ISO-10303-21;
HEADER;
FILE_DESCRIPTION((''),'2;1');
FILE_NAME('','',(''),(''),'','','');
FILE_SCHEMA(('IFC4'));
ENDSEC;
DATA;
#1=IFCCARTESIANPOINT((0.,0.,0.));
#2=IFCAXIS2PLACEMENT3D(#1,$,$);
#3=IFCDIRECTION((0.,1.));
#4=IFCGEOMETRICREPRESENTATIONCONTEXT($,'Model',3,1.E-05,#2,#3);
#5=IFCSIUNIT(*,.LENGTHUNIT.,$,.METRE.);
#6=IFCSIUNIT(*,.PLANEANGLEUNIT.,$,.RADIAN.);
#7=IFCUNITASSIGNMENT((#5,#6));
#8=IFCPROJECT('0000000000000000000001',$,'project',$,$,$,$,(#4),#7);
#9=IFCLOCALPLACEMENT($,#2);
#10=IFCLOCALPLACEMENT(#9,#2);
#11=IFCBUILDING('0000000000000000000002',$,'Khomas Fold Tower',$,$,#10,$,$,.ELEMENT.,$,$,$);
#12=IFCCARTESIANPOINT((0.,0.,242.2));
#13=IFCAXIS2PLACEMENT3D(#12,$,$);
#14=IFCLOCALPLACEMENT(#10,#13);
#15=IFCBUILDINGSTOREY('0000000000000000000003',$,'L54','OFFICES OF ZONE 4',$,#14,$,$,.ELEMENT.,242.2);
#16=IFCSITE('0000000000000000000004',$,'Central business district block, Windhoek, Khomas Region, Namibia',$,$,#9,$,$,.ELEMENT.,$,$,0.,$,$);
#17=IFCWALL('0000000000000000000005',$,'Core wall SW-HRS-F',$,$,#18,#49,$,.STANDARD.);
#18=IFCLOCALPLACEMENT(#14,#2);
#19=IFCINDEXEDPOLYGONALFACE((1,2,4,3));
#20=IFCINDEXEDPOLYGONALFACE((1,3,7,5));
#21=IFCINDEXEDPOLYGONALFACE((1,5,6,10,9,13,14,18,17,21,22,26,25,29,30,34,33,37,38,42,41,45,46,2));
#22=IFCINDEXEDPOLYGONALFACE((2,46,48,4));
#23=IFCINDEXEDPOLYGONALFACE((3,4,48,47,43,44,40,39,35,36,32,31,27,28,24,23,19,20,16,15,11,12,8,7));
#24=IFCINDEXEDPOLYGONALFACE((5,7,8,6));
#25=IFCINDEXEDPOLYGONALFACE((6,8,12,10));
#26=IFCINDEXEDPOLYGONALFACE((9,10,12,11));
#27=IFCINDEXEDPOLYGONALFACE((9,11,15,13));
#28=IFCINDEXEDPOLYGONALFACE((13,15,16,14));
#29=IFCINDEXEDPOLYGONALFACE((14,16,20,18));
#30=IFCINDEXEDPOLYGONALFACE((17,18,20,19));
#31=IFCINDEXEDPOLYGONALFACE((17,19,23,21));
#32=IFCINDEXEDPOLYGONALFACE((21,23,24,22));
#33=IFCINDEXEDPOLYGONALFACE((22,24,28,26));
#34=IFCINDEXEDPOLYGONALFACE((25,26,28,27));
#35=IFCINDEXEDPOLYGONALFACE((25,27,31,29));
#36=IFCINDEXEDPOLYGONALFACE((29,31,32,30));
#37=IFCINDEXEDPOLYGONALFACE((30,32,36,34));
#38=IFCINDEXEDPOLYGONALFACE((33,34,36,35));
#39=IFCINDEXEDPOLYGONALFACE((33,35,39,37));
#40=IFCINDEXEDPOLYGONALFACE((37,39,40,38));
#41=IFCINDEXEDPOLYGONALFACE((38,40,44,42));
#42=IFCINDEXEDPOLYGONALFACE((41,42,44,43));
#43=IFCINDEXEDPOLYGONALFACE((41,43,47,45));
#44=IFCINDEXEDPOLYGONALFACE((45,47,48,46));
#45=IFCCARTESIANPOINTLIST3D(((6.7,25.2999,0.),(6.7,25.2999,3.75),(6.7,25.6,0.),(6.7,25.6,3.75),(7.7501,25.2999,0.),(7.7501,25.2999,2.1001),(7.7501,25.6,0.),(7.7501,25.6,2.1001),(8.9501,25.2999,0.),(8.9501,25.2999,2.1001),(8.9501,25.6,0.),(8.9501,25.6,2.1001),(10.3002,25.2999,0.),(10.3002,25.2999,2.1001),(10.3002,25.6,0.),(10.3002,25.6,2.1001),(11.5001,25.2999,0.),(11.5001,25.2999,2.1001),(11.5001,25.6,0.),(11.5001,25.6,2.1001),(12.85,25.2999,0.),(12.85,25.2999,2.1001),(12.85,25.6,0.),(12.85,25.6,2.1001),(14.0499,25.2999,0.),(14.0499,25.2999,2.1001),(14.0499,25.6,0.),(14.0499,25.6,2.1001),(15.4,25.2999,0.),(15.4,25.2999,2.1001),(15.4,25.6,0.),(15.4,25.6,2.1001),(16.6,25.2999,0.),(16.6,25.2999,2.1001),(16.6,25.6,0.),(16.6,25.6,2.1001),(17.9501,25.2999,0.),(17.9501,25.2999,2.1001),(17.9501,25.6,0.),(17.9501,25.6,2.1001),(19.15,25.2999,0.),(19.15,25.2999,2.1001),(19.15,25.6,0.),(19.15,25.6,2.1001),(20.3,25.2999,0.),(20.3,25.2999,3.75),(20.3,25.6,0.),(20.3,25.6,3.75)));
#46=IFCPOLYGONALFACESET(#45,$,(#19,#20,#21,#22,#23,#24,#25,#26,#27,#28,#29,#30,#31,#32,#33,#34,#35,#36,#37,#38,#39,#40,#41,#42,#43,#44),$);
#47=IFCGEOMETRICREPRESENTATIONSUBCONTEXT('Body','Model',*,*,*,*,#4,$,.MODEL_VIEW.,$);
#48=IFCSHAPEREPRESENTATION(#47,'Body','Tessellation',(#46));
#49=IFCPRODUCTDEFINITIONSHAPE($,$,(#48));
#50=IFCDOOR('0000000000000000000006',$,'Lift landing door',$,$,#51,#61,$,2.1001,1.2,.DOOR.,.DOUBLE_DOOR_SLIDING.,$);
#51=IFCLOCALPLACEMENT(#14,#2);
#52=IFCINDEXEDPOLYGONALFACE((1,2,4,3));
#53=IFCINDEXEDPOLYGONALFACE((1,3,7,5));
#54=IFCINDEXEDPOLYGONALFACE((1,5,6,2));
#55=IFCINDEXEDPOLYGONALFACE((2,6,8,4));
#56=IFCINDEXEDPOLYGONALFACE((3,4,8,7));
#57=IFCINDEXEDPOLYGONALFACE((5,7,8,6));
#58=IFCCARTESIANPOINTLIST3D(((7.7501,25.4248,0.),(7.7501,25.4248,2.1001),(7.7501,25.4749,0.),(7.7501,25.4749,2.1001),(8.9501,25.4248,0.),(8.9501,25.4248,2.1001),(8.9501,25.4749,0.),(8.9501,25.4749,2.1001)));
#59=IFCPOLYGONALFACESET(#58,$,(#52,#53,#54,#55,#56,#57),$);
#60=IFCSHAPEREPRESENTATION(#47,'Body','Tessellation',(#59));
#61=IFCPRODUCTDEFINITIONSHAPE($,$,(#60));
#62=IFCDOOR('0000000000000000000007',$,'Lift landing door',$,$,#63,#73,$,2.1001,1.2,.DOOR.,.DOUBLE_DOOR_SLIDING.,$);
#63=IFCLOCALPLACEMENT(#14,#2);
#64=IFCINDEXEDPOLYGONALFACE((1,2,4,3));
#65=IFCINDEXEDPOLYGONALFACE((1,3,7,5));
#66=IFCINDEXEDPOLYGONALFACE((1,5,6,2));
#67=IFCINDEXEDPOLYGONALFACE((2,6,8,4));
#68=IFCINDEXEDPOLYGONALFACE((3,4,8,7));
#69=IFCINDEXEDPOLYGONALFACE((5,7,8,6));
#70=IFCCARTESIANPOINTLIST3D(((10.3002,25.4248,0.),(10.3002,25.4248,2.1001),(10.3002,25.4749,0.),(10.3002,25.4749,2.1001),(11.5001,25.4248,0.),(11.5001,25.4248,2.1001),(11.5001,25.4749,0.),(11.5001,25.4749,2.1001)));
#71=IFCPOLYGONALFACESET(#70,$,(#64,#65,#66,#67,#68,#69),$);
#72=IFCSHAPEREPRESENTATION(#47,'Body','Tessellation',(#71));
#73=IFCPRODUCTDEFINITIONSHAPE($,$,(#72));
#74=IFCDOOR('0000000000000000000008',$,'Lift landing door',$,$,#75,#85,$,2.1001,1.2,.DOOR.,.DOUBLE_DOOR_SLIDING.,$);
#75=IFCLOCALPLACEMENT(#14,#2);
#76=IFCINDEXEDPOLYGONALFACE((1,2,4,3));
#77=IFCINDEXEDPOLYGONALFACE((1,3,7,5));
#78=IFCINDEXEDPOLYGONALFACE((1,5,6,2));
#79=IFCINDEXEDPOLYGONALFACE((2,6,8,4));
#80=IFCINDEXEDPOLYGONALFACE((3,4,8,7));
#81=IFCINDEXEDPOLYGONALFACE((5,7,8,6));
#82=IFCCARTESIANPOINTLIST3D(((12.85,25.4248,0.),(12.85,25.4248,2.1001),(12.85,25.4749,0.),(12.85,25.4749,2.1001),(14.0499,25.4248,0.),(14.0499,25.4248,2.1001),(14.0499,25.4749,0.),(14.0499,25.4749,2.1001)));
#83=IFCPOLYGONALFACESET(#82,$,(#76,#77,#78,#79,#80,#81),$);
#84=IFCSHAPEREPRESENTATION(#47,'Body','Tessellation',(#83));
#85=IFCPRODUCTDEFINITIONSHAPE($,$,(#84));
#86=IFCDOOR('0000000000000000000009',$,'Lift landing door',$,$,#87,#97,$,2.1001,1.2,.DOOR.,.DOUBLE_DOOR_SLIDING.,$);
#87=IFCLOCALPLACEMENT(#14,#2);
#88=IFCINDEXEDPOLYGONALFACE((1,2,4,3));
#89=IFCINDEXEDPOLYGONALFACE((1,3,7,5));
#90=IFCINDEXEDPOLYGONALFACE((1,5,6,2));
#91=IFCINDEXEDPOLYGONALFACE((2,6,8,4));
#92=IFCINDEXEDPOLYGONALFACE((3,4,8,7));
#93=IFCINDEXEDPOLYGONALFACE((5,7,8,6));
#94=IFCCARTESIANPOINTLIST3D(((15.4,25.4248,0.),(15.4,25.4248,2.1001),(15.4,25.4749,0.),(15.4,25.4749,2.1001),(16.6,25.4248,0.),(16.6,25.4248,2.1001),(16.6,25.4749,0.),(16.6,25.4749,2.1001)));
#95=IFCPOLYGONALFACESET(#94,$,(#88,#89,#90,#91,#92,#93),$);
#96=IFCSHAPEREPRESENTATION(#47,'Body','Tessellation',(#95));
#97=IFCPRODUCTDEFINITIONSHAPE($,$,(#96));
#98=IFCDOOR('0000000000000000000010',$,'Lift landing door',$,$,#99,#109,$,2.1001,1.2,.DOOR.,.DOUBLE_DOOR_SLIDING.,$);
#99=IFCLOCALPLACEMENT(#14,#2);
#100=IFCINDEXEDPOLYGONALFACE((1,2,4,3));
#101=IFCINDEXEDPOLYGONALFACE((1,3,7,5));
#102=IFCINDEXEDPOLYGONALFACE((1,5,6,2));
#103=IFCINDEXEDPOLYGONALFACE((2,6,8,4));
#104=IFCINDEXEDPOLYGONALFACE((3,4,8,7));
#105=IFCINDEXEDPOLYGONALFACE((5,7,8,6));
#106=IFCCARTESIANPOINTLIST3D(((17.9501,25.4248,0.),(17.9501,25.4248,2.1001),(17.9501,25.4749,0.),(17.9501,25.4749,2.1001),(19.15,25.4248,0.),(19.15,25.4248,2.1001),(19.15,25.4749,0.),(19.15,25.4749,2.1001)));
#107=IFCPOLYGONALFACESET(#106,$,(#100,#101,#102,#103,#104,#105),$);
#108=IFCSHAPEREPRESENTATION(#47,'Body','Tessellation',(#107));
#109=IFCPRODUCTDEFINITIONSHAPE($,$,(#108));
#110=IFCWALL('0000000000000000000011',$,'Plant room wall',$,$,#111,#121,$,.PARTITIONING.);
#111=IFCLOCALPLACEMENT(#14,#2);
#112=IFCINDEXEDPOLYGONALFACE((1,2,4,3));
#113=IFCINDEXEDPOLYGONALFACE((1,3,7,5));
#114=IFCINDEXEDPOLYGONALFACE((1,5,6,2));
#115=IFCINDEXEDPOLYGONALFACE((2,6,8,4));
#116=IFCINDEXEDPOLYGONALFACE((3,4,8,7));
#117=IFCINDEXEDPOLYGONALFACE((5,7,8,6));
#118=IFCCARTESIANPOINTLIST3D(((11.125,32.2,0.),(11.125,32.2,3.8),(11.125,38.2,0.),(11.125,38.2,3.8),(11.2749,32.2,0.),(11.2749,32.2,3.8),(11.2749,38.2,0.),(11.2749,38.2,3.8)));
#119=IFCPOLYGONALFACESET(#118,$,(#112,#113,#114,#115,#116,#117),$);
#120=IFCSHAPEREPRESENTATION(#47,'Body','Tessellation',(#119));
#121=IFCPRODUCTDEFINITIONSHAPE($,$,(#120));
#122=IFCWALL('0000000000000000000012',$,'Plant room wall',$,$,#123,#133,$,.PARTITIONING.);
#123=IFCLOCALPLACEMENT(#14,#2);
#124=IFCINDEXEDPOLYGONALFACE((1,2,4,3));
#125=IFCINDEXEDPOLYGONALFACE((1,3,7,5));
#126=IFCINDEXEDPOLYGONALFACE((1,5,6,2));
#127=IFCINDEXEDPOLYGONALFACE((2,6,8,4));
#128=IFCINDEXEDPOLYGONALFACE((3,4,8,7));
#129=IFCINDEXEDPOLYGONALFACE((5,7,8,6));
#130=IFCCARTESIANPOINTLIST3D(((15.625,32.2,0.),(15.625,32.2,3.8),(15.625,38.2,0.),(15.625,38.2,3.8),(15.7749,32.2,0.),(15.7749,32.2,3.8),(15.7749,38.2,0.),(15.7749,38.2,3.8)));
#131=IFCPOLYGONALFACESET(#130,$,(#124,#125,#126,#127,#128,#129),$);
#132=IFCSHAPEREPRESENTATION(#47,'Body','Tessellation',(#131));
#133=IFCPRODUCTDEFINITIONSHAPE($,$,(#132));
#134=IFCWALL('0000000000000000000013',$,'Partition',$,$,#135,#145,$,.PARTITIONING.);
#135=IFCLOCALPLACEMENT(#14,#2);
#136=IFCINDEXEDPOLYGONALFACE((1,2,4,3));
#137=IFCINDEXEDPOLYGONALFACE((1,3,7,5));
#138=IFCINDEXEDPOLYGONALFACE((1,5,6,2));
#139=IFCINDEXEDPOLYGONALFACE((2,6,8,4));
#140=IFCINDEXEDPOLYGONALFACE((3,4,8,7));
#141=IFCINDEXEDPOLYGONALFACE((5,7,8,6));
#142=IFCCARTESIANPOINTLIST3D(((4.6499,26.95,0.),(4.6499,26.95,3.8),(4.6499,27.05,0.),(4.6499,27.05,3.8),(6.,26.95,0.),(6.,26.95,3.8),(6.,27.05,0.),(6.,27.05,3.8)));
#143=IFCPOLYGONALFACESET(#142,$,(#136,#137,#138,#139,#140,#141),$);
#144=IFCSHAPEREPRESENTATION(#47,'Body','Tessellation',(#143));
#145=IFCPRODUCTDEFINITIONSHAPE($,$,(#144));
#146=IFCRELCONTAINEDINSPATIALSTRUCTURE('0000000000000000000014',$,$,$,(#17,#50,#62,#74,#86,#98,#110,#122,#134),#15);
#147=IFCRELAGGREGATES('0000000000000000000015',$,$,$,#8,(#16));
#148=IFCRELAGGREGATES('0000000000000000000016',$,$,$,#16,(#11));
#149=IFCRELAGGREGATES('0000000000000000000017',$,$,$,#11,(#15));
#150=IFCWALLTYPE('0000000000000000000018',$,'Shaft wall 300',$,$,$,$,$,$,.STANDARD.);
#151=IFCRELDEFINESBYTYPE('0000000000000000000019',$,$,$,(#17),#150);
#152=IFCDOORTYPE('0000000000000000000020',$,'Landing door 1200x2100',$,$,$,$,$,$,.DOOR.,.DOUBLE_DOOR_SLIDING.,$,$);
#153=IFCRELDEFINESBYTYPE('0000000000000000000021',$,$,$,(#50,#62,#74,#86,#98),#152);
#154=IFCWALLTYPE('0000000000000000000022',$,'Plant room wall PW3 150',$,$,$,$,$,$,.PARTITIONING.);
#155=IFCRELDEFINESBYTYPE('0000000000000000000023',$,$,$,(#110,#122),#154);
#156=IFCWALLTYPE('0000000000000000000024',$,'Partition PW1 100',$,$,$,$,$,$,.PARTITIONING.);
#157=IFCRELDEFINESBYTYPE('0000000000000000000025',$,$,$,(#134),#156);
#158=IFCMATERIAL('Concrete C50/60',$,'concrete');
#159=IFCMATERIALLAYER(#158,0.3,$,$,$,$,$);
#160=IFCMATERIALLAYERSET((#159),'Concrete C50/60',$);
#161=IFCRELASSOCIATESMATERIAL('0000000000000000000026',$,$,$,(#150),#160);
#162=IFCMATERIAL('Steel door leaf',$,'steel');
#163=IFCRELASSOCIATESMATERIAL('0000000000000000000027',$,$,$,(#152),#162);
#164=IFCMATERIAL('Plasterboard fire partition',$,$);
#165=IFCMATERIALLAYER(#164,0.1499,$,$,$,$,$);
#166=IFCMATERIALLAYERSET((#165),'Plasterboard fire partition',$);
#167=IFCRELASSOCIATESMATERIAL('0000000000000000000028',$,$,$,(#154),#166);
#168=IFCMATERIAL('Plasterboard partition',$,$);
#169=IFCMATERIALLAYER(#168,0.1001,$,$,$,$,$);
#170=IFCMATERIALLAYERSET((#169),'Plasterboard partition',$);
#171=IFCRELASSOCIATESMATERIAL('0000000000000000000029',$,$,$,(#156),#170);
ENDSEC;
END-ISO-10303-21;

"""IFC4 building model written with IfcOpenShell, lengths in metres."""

from ifc_helpers import new_model, si_unit, direction, frame, frame_2d, origin, place, context, subcontext, project, spatial, rectangle, extrude, source, transform, mapped, material, layer, layer_set, type_object, element, fill, save


model = new_model("IFC4")

# Units and contexts
model_context = context("Model", 3, precision=1e-05, world=origin(), true_north=direction((0.0, 1.0)))
body_context = subcontext(model_context, "Body", "Model", "MODEL_VIEW")
ifc_project = project(units=[si_unit("LENGTHUNIT", "METRE"), si_unit("PLANEANGLEUNIT", "RADIAN")], contexts=[model_context])

# Site, building, storey
site_placement = place(None, origin())
site = spatial("IfcSite", under=ifc_project, at=site_placement, Name="Central business district block, Windhoek, Khomas Region, Namibia", CompositionType="ELEMENT", RefElevation=0.0)
building_placement = place(site_placement, origin())
building = spatial("IfcBuilding", under=site, at=building_placement, Name="Khomas Fold Tower", CompositionType="ELEMENT")
storey_placement = place(building_placement, frame((0.0, 0.0, 242.2)))
storey = spatial("IfcBuildingStorey", under=building, at=storey_placement, Name="L54", Description="OFFICES OF ZONE 4", CompositionType="ELEMENT", Elevation=242.2)

# Shared definitions
ifc_material_1 = material(Name="Concrete C50/60", Category="concrete")
ifc_layer_1 = layer(ifc_material_1, 0.3)
ifc_layer_set_1 = layer_set([ifc_layer_1], Name="Concrete C50/60")
wall_type_1 = type_object("IfcWallType", Name="Shaft wall 300", PredefinedType="STANDARD", material=ifc_layer_set_1)
shared_shape_1 = source(origin(), body_context, "Body", "SweptSolid", [
    extrude(rectangle(XDim=13.6001, YDim=0.3, at=frame_2d((6.8, 0.0))), origin(), (0.0, 0.0, 1.0), 3.75),
])

# Wall, openings, doors
shared_shape_2 = source(origin(), body_context, "Body", "SweptSolid", [
    extrude(rectangle(XDim=1.2, YDim=2.1001, at=frame_2d((0.6001, 1.05))), frame((0.0, 0.1599, 0.0), z_axis=(0.0, -1.0, 0.0), x_axis=(1.0, 0.0, 0.0)), (0.0, 0.0, 1.0), 0.3201),
])
ifc_material_2 = material(Name="Steel door leaf", Category="steel")
door_type = type_object("IfcDoorType", Name="Landing door 1200x2100", OperationType="DOUBLE_DOOR_SLIDING", PredefinedType="DOOR", material=ifc_material_2)
shared_shape_3 = source(origin(), body_context, "Body", "SweptSolid", [
    extrude(rectangle(XDim=1.2, YDim=2.1001, at=frame_2d((0.6001, 1.05))), frame((0.0, 0.0249, 0.0), z_axis=(0.0, -1.0, 0.0), x_axis=(1.0, 0.0, 0.0)), (0.0, 0.0, 1.0), 0.05),
])
wall_1_placement = place(storey_placement, frame((6.7, 25.45, 0.0), z_axis=(0.0, 0.0, 1.0), x_axis=(1.0, 0.0, 0.0)))
wall_1 = element("IfcWall", 1, at=wall_1_placement, inside=storey, type_object=wall_type_1, Name="Core wall SW-HRS-F", PredefinedType="STANDARD", context=body_context, shape_type="MappedRepresentation", body=[
    mapped(shared_shape_1, transform((0.0, 0.0, 0.0))),
])
opening_1_placement = place(wall_1_placement, frame((1.05, 0.0, 0.0)))
opening_1 = element("IfcOpeningElement", 2, at=opening_1_placement, cuts=wall_1, PredefinedType="OPENING", context=body_context, shape_type="MappedRepresentation", body=[
    mapped(shared_shape_2, transform((0.0, 0.0, 0.0))),
])
opening_2_placement = place(wall_1_placement, frame((3.6001, 0.0, 0.0)))
opening_2 = element("IfcOpeningElement", 3, at=opening_2_placement, cuts=wall_1, PredefinedType="OPENING", context=body_context, shape_type="MappedRepresentation", body=[
    mapped(shared_shape_2, transform((0.0, 0.0, 0.0))),
])
opening_3_placement = place(wall_1_placement, frame((6.1499, 0.0, 0.0)))
opening_3 = element("IfcOpeningElement", 4, at=opening_3_placement, cuts=wall_1, PredefinedType="OPENING", context=body_context, shape_type="MappedRepresentation", body=[
    mapped(shared_shape_2, transform((0.0, 0.0, 0.0))),
])
opening_4_placement = place(wall_1_placement, frame((8.7, 0.0, 0.0)))
opening_4 = element("IfcOpeningElement", 5, at=opening_4_placement, cuts=wall_1, PredefinedType="OPENING", context=body_context, shape_type="MappedRepresentation", body=[
    mapped(shared_shape_2, transform((0.0, 0.0, 0.0))),
])
opening_5_placement = place(wall_1_placement, frame((11.25, 0.0, 0.0)))
opening_5 = element("IfcOpeningElement", 6, at=opening_5_placement, cuts=wall_1, PredefinedType="OPENING", context=body_context, shape_type="MappedRepresentation", body=[
    mapped(shared_shape_2, transform((0.0, 0.0, 0.0))),
])
door_1_placement = place(opening_1_placement, origin())
door_1 = element("IfcDoor", 7, at=door_1_placement, inside=storey, type_object=door_type, Name="Lift landing door", OperationType="DOUBLE_DOOR_SLIDING", OverallHeight=2.1001, OverallWidth=1.2, PredefinedType="DOOR", context=body_context, shape_type="MappedRepresentation", body=[
    mapped(shared_shape_3, transform((0.0, 0.0, 0.0))),
])
fill(opening_1, door_1)
door_2_placement = place(opening_2_placement, origin())
door_2 = element("IfcDoor", 8, at=door_2_placement, inside=storey, type_object=door_type, Name="Lift landing door", OperationType="DOUBLE_DOOR_SLIDING", OverallHeight=2.1001, OverallWidth=1.2, PredefinedType="DOOR", context=body_context, shape_type="MappedRepresentation", body=[
    mapped(shared_shape_3, transform((0.0, 0.0, 0.0))),
])
fill(opening_2, door_2)
door_3_placement = place(opening_3_placement, origin())
door_3 = element("IfcDoor", 9, at=door_3_placement, inside=storey, type_object=door_type, Name="Lift landing door", OperationType="DOUBLE_DOOR_SLIDING", OverallHeight=2.1001, OverallWidth=1.2, PredefinedType="DOOR", context=body_context, shape_type="MappedRepresentation", body=[
    mapped(shared_shape_3, transform((0.0, 0.0, 0.0))),
])
fill(opening_3, door_3)
door_4_placement = place(opening_4_placement, origin())
door_4 = element("IfcDoor", 10, at=door_4_placement, inside=storey, type_object=door_type, Name="Lift landing door", OperationType="DOUBLE_DOOR_SLIDING", OverallHeight=2.1001, OverallWidth=1.2, PredefinedType="DOOR", context=body_context, shape_type="MappedRepresentation", body=[
    mapped(shared_shape_3, transform((0.0, 0.0, 0.0))),
])
fill(opening_4, door_4)
door_5_placement = place(opening_5_placement, origin())
door_5 = element("IfcDoor", 11, at=door_5_placement, inside=storey, type_object=door_type, Name="Lift landing door", OperationType="DOUBLE_DOOR_SLIDING", OverallHeight=2.1001, OverallWidth=1.2, PredefinedType="DOOR", context=body_context, shape_type="MappedRepresentation", body=[
    mapped(shared_shape_3, transform((0.0, 0.0, 0.0))),
])
fill(opening_5, door_5)

# Walls
ifc_material_3 = material(Name="Plasterboard fire partition")
ifc_layer_2 = layer(ifc_material_3, 0.1499)
ifc_layer_set_2 = layer_set([ifc_layer_2], Name="Plasterboard fire partition")
wall_type_2 = type_object("IfcWallType", Name="Plant room wall PW3 150", PredefinedType="PARTITIONING", material=ifc_layer_set_2)
shared_shape_4 = source(origin(), body_context, "Body", "SweptSolid", [
    extrude(rectangle(XDim=6.0, YDim=0.1499, at=frame_2d((3.0, 0.0))), origin(), (0.0, 0.0, 1.0), 3.8),
])
for number, where, z_axis, x_axis, name in (
    (12, (11.2, 32.2, 0.0), (0.0, 0.0, 1.0), (0.0, 1.0, 0.0), "Plant room wall"),
    (13, (15.7, 32.2, 0.0), (0.0, 0.0, 1.0), (0.0, 1.0, 0.0), "Plant room wall"),
):
    element("IfcWall", number, at=place(storey_placement, frame(where, z_axis=z_axis, x_axis=x_axis)), inside=storey, type_object=wall_type_2, Name=name, PredefinedType="PARTITIONING", context=body_context, shape_type="MappedRepresentation", body=[
        mapped(shared_shape_4, transform((0.0, 0.0, 0.0))),
    ])
ifc_material_4 = material(Name="Plasterboard partition")
ifc_layer_3 = layer(ifc_material_4, 0.1001)
ifc_layer_set_3 = layer_set([ifc_layer_3], Name="Plasterboard partition")
wall_type_3 = type_object("IfcWallType", Name="Partition PW1 100", PredefinedType="PARTITIONING", material=ifc_layer_set_3)
shared_shape_5 = source(origin(), body_context, "Body", "SweptSolid", [
    extrude(rectangle(XDim=1.3501, YDim=0.1001, at=frame_2d((0.675, 0.0))), origin(), (0.0, 0.0, 1.0), 3.8),
])
wall_2_placement = place(storey_placement, frame((4.6499, 27.0, 0.0), z_axis=(0.0, 0.0, 1.0), x_axis=(1.0, 0.0, 0.0)))
element("IfcWall", 14, at=wall_2_placement, inside=storey, type_object=wall_type_3, Name="Partition", PredefinedType="PARTITIONING", context=body_context, shape_type="MappedRepresentation", body=[
    mapped(shared_shape_5, transform((0.0, 0.0, 0.0))),
])

save(model, "model.ifc")
